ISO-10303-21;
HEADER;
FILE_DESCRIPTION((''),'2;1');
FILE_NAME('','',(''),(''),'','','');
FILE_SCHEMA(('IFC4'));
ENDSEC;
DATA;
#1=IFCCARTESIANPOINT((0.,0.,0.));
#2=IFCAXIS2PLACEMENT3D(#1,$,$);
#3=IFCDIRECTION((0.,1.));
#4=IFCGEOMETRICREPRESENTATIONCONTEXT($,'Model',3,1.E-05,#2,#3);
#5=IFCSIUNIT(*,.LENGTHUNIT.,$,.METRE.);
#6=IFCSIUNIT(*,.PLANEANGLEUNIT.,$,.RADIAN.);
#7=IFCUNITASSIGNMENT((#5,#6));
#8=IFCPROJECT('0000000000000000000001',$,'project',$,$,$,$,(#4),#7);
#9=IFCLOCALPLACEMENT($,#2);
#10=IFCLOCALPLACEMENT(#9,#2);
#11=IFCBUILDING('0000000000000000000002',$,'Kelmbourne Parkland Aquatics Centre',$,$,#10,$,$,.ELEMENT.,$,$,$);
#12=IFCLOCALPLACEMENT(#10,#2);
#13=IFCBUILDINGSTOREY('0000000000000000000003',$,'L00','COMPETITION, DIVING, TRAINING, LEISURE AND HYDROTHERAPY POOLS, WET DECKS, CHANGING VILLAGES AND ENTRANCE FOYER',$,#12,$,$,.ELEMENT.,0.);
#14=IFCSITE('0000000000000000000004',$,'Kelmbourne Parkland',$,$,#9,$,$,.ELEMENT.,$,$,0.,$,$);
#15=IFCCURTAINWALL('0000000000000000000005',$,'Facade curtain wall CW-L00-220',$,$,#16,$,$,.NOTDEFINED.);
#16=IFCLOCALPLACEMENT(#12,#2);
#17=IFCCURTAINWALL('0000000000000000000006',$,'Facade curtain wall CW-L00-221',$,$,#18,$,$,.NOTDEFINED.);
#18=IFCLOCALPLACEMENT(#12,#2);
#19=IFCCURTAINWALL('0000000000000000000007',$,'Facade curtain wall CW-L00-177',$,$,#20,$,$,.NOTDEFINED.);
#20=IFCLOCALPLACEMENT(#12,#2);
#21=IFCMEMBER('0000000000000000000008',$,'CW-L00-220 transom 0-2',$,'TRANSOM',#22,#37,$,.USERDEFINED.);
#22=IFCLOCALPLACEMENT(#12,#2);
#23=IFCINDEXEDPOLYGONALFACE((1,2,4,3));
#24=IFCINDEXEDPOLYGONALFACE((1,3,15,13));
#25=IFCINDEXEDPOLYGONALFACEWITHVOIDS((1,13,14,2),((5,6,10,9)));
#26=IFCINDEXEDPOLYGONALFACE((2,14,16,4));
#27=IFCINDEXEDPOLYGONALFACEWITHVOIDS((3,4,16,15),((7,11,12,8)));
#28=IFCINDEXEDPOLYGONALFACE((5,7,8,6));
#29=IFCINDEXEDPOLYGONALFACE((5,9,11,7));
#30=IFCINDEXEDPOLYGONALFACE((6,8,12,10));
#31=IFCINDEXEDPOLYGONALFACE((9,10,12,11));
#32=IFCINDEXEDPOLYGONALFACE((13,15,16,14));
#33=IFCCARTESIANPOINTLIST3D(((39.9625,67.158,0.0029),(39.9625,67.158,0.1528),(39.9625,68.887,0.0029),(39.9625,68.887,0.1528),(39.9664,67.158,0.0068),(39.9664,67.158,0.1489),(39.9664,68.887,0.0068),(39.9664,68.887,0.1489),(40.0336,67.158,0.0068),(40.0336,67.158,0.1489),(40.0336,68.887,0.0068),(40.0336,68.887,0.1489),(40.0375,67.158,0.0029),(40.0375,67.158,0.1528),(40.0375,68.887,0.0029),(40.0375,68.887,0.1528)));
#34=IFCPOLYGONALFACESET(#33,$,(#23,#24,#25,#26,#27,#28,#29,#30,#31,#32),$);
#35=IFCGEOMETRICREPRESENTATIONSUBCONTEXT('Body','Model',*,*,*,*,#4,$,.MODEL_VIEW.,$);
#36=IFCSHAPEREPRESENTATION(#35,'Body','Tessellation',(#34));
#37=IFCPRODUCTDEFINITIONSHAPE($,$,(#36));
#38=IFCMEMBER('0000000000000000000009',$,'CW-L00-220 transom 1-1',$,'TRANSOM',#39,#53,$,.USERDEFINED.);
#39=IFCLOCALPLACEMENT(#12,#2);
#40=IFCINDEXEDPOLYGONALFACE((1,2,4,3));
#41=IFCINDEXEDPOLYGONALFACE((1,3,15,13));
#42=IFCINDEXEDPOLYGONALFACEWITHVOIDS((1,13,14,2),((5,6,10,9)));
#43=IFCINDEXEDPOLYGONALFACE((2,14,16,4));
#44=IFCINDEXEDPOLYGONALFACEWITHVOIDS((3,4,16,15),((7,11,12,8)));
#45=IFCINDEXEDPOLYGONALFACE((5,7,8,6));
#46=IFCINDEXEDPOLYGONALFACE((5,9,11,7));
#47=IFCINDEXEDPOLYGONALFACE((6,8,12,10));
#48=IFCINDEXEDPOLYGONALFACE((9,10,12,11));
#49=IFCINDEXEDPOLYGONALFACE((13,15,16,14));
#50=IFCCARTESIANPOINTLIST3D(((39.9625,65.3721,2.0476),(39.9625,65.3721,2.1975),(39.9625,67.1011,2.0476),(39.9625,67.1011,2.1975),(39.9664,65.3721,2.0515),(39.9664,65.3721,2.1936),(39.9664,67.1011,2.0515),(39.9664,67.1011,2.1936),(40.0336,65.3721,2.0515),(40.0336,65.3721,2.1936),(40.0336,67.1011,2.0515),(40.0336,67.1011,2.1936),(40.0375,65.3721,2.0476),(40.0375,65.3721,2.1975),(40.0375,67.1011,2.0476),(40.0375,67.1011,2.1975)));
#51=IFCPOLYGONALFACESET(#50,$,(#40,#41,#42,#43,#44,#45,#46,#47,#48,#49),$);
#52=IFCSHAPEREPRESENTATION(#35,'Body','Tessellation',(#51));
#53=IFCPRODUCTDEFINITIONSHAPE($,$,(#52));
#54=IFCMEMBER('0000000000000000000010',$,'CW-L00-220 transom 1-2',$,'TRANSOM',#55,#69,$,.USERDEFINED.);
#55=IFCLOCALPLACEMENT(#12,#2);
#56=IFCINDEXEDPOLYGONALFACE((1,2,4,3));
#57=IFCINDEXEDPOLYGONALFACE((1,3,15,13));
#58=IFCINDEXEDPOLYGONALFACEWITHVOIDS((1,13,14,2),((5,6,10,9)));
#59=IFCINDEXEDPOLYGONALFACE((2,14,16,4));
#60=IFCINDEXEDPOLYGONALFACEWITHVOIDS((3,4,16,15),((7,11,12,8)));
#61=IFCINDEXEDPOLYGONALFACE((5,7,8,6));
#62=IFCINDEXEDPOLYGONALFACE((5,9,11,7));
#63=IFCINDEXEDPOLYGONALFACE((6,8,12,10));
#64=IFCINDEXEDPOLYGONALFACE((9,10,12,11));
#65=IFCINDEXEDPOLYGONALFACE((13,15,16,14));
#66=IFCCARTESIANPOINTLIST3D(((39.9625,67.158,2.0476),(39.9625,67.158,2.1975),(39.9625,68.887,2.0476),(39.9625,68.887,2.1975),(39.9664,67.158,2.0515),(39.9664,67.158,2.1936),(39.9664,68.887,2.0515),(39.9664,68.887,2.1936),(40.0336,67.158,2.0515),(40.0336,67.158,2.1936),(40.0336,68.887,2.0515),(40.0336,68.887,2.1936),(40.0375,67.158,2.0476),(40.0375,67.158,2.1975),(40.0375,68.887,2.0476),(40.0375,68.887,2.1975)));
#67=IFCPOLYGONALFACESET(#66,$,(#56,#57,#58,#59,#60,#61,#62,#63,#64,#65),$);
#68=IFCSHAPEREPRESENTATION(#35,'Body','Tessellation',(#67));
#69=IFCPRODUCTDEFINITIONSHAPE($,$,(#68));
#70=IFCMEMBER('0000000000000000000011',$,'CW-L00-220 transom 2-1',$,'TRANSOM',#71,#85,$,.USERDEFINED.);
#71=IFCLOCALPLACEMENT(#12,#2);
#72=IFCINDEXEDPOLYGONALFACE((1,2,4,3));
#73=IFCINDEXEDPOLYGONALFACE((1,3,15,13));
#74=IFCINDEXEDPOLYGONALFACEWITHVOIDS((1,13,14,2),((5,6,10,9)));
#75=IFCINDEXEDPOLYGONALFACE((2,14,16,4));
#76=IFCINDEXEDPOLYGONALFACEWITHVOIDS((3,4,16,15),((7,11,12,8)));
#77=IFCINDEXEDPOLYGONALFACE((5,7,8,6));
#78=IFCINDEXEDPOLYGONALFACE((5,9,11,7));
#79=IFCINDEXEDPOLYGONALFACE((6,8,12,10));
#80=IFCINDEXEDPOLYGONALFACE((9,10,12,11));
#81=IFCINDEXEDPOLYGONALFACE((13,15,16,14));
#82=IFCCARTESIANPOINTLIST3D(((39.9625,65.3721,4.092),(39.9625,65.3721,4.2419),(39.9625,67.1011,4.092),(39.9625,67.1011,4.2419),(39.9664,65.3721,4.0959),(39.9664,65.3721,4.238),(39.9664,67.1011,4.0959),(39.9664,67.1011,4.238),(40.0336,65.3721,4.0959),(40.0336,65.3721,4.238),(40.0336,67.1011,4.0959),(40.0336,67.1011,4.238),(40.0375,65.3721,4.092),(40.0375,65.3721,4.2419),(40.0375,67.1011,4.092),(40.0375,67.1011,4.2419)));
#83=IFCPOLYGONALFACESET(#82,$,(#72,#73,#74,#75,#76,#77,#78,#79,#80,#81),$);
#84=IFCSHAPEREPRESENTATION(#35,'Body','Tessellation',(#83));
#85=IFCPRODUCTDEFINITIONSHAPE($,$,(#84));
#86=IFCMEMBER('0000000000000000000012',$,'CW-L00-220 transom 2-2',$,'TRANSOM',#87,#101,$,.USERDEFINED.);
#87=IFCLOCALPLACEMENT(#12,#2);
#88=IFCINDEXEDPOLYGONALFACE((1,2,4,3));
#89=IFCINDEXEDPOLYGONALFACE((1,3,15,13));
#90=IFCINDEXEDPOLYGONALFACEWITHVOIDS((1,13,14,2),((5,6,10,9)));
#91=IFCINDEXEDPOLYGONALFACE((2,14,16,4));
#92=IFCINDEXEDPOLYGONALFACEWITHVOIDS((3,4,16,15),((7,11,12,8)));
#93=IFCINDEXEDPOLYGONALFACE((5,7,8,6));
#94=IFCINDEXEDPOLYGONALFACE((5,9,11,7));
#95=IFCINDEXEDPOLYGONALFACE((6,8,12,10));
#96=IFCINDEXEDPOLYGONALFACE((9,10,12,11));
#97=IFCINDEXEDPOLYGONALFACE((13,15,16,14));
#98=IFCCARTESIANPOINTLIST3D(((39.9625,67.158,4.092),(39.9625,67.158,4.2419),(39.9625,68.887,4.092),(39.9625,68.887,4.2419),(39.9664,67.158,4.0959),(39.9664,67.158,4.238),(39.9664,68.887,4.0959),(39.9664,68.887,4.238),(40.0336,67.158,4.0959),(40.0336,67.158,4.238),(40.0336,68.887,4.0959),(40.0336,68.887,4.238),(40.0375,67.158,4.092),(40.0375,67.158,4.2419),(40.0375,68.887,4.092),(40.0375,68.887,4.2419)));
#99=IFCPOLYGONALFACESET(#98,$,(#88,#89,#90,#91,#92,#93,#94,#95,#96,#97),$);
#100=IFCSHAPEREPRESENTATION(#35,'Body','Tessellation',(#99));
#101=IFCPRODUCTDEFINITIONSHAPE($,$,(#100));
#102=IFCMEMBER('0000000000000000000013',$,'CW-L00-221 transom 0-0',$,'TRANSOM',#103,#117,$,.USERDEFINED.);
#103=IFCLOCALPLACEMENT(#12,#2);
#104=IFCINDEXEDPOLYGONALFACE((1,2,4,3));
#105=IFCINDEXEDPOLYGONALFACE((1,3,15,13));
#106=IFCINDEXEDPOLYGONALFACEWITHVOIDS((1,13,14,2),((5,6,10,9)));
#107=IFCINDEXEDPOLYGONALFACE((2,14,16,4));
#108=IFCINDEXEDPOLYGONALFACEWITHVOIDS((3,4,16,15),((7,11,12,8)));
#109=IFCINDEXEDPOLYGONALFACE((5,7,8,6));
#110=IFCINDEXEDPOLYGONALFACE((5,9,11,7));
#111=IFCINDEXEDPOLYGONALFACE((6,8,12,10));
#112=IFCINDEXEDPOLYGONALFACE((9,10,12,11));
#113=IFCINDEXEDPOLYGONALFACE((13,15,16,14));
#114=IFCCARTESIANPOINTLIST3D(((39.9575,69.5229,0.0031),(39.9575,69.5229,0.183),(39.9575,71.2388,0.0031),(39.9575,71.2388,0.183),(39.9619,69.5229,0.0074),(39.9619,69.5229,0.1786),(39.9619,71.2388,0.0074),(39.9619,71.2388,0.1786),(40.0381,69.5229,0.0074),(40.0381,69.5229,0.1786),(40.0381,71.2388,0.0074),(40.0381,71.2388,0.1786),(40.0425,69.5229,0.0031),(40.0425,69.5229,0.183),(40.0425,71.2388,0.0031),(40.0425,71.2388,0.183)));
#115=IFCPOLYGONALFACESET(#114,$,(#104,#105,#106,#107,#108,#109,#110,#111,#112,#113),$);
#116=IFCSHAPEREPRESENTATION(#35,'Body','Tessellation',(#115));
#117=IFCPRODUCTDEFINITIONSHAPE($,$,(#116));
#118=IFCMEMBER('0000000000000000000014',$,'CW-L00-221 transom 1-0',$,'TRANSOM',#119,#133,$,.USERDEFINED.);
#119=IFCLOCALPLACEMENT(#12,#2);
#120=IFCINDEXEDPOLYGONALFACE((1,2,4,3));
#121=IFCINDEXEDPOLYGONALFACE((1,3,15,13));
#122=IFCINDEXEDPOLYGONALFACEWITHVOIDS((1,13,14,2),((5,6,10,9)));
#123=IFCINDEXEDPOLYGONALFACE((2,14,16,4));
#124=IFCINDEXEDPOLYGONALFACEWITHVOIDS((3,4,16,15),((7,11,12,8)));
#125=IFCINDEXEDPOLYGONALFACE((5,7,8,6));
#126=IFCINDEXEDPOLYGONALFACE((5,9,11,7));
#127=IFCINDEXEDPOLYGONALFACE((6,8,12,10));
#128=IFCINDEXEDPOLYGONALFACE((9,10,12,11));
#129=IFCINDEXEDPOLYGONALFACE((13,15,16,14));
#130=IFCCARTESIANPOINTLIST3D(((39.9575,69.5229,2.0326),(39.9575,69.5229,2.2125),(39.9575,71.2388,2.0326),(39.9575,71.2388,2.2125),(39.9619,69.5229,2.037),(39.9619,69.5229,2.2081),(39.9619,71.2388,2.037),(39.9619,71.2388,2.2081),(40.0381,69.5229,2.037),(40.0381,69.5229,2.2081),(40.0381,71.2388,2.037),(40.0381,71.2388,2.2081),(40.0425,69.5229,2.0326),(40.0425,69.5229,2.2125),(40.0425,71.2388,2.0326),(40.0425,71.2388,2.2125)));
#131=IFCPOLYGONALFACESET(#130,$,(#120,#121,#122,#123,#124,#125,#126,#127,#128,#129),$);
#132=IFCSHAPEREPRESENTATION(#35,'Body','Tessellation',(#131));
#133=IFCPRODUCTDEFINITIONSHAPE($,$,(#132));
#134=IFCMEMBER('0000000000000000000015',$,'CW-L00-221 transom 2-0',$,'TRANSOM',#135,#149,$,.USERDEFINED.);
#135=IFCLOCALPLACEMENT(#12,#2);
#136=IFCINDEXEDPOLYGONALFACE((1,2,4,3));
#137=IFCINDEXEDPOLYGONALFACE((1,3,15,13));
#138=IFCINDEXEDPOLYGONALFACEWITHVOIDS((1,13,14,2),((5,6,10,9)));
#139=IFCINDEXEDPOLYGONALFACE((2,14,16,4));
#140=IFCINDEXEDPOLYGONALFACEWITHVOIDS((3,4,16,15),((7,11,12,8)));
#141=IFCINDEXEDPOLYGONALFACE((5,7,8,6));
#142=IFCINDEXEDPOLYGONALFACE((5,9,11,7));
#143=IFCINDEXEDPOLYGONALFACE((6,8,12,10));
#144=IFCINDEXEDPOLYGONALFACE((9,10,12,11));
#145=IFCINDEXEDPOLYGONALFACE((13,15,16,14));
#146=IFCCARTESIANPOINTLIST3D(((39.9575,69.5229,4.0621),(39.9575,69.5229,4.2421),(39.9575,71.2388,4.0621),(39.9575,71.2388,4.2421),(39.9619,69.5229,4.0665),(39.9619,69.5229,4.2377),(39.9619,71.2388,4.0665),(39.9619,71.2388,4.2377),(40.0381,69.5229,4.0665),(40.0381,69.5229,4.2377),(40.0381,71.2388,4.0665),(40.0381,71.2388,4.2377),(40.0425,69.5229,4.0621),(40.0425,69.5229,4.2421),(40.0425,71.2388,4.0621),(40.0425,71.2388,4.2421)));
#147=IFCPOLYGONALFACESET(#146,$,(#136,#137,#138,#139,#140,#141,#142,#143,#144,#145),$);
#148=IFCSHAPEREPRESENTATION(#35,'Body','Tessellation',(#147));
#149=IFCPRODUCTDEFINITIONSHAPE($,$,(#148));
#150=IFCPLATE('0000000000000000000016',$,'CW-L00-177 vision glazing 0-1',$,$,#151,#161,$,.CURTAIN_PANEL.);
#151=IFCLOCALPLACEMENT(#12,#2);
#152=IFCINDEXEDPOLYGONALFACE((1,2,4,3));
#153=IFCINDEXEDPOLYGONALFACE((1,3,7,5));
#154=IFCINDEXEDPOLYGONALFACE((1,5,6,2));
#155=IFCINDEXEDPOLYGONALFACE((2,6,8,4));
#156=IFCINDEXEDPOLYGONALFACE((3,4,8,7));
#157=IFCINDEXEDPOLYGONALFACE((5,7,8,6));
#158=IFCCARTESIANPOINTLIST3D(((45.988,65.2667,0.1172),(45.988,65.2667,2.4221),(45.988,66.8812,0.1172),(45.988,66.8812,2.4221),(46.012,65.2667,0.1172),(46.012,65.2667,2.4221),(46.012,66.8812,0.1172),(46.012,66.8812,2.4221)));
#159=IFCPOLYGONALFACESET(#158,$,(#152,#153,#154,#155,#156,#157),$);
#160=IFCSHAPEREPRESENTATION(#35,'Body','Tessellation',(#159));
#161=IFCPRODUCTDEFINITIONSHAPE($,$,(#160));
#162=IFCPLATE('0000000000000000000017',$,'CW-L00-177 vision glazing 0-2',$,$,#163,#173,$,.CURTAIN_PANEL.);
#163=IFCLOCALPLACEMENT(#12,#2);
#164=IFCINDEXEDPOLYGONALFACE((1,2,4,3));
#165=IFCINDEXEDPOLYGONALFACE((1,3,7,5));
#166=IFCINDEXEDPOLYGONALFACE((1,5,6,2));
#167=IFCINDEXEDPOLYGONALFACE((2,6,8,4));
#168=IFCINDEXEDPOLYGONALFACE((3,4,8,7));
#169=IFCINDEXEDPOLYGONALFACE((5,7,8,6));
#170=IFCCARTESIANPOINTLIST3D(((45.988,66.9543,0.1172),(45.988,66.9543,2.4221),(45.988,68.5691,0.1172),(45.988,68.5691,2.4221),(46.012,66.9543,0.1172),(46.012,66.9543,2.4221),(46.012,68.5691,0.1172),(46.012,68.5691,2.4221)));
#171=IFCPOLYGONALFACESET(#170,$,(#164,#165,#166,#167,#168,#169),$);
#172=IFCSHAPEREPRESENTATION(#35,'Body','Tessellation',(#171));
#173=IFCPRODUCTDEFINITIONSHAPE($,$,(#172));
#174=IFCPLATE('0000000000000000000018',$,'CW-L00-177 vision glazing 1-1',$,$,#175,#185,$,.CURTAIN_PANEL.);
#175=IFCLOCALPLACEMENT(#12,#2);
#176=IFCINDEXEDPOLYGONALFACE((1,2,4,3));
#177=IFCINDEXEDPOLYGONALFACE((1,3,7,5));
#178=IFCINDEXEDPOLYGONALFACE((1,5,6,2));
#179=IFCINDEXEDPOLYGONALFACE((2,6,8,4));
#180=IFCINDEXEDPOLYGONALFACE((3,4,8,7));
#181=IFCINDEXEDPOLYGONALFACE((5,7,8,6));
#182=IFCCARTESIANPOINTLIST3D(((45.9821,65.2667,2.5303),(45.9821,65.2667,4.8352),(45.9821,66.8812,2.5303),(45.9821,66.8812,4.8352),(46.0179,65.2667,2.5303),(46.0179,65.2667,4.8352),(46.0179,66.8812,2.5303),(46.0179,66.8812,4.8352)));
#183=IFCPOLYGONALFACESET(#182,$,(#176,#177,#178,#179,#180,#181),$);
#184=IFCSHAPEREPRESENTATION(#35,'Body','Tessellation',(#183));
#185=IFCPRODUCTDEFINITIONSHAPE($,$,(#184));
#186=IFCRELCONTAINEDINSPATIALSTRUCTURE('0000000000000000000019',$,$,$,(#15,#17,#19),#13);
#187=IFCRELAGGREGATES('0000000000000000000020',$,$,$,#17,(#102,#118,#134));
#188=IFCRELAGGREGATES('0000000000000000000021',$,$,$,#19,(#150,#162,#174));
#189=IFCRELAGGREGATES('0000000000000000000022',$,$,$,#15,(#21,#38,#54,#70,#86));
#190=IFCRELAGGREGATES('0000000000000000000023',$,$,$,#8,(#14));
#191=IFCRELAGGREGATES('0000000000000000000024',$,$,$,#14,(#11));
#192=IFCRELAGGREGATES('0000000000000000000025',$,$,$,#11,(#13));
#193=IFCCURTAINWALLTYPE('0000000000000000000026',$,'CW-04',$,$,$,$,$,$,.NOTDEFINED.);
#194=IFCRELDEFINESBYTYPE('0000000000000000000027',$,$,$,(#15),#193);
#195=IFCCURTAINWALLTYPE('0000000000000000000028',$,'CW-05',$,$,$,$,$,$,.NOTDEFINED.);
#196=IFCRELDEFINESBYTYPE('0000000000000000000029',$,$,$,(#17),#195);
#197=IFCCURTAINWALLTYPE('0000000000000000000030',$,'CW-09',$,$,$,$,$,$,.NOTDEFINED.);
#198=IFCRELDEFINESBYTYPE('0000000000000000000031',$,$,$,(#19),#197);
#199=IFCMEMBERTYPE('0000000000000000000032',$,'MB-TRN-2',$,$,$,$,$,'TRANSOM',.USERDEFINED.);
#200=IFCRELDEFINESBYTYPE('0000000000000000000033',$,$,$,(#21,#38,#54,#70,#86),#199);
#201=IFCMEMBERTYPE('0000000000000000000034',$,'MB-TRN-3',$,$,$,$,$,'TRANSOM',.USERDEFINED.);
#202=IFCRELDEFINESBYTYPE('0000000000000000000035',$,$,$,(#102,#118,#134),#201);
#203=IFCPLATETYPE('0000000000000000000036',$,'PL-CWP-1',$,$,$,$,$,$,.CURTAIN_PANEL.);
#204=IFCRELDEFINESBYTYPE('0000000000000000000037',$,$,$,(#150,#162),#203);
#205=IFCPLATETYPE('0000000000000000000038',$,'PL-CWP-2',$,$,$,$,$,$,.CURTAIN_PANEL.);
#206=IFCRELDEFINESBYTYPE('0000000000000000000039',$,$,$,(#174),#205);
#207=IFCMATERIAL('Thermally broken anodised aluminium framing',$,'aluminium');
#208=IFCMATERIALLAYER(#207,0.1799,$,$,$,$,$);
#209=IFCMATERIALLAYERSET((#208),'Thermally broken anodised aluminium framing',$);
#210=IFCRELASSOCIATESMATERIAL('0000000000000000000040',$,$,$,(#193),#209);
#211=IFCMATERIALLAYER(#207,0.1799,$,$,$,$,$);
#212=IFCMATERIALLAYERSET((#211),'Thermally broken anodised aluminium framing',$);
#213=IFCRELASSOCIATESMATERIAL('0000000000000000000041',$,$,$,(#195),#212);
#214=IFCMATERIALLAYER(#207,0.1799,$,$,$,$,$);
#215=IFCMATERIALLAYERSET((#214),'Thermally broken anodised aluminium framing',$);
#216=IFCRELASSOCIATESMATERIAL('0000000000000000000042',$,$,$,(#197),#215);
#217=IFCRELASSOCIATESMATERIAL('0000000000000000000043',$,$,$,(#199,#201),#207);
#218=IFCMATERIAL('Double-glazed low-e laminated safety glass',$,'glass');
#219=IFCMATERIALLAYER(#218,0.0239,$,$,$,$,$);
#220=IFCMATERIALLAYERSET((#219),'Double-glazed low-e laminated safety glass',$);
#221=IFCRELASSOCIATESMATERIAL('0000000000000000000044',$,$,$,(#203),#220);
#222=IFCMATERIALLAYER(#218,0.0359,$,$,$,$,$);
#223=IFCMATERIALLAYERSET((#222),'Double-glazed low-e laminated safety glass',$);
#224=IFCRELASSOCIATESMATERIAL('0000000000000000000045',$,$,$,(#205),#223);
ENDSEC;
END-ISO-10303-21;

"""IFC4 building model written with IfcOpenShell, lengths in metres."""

from ifc_helpers import new_model, si_unit, direction, frame, origin, origin_2d, place, context, subcontext, project, spatial, rectangle, hollow_rectangle, extrude, material, layer, layer_set, material_profile, profile_set, type_object, element, aggregate, save


model = new_model("IFC4")

# Units and contexts
model_context = context("Model", 3, precision=1e-05, world=origin(), true_north=direction((0.0, 1.0)))
body_context = subcontext(model_context, "Body", "Model", "MODEL_VIEW")
ifc_project = project(units=[si_unit("LENGTHUNIT", "METRE"), si_unit("PLANEANGLEUNIT", "RADIAN")], contexts=[model_context])

# Site, building, storey
site_placement = place(None, origin())
site = spatial("IfcSite", under=ifc_project, at=site_placement, Name="Kelmbourne Parkland", CompositionType="ELEMENT", RefElevation=0.0)
building_placement = place(site_placement, origin())
building = spatial("IfcBuilding", under=site, at=building_placement, Name="Kelmbourne Parkland Aquatics Centre", CompositionType="ELEMENT")
storey_placement = place(building_placement, origin())
storey = spatial("IfcBuildingStorey", under=building, at=storey_placement, Name="L00", Description="COMPETITION, DIVING, TRAINING, LEISURE AND HYDROTHERAPY POOLS, WET DECKS, CHANGING VILLAGES AND ENTRANCE FOYER", CompositionType="ELEMENT", Elevation=0.0)

# Curtain wall
ifc_material_1 = material(Name="Thermally broken anodised aluminium framing", Category="aluminium")
ifc_layer_1 = layer(ifc_material_1, 0.1799)
ifc_layer_set_1 = layer_set([ifc_layer_1], Name="Thermally broken anodised aluminium framing")
curtain_wall_type_1 = type_object("IfcCurtainWallType", Name="CW-04", PredefinedType="NOTDEFINED", material=ifc_layer_set_1)
curtain_wall_1_placement = place(storey_placement, origin())
curtain_wall_1 = element("IfcCurtainWall", 1, at=curtain_wall_1_placement, inside=storey, type_object=curtain_wall_type_1, Name="Facade curtain wall CW-L00-220", PredefinedType="NOTDEFINED")

# Curtain wall
ifc_layer_2 = layer(ifc_material_1, 0.1799)
ifc_layer_set_2 = layer_set([ifc_layer_2], Name="Thermally broken anodised aluminium framing")
curtain_wall_type_2 = type_object("IfcCurtainWallType", Name="CW-05", PredefinedType="NOTDEFINED", material=ifc_layer_set_2)
curtain_wall_2_placement = place(storey_placement, origin())
curtain_wall_2 = element("IfcCurtainWall", 2, at=curtain_wall_2_placement, inside=storey, type_object=curtain_wall_type_2, Name="Facade curtain wall CW-L00-221", PredefinedType="NOTDEFINED")

# Curtain wall
ifc_layer_3 = layer(ifc_material_1, 0.1799)
ifc_layer_set_3 = layer_set([ifc_layer_3], Name="Thermally broken anodised aluminium framing")
curtain_wall_type_3 = type_object("IfcCurtainWallType", Name="CW-09", PredefinedType="NOTDEFINED", material=ifc_layer_set_3)
curtain_wall_3_placement = place(storey_placement, origin())
curtain_wall_3 = element("IfcCurtainWall", 3, at=curtain_wall_3_placement, inside=storey, type_object=curtain_wall_type_3, Name="Facade curtain wall CW-L00-177", PredefinedType="NOTDEFINED")

# Members
ifc_material_profile_1 = material_profile(ifc_material_1, hollow_rectangle(XDim=0.075, YDim=0.1499, WallThickness=0.0039, at=origin_2d()), Name="CW-T 75x150")
ifc_profile_set_1 = profile_set([ifc_material_profile_1], Name="Thermally broken anodised aluminium framing")
member_type_1 = type_object("IfcMemberType", Name="MB-TRN-2", ElementType="TRANSOM", PredefinedType="USERDEFINED", material=ifc_profile_set_1)
member_1_placement = place(storey_placement, frame((40.0, 67.158, 0.0779), z_axis=(0.0, 1.0, 0.0), x_axis=(-1.0, 0.0, 0.0)))
member_1 = element("IfcMember", 4, at=member_1_placement, type_object=member_type_1, Name="CW-L00-220 transom 0-2", ObjectType="TRANSOM", PredefinedType="USERDEFINED", context=body_context, shape_type="SweptSolid", body=[
    extrude(hollow_rectangle(XDim=0.075, YDim=0.1499, WallThickness=0.0039, at=origin_2d()), origin(), (0.0, 0.0, 1.0), 1.729),
])
member_2_placement = place(storey_placement, frame((40.0, 65.3721, 2.1226), z_axis=(0.0, 1.0, 0.0), x_axis=(-1.0, 0.0, 0.0)))
member_2 = element("IfcMember", 5, at=member_2_placement, type_object=member_type_1, Name="CW-L00-220 transom 1-1", ObjectType="TRANSOM", PredefinedType="USERDEFINED", context=body_context, shape_type="SweptSolid", body=[
    extrude(hollow_rectangle(XDim=0.075, YDim=0.1499, WallThickness=0.0039, at=origin_2d()), origin(), (0.0, 0.0, 1.0), 1.729),
])
member_3_placement = place(storey_placement, frame((40.0, 67.158, 2.1226), z_axis=(0.0, 1.0, 0.0), x_axis=(-1.0, 0.0, 0.0)))
member_3 = element("IfcMember", 6, at=member_3_placement, type_object=member_type_1, Name="CW-L00-220 transom 1-2", ObjectType="TRANSOM", PredefinedType="USERDEFINED", context=body_context, shape_type="SweptSolid", body=[
    extrude(hollow_rectangle(XDim=0.075, YDim=0.1499, WallThickness=0.0039, at=origin_2d()), origin(), (0.0, 0.0, 1.0), 1.729),
])
member_4_placement = place(storey_placement, frame((40.0, 65.3721, 4.167), z_axis=(0.0, 1.0, 0.0), x_axis=(-1.0, 0.0, 0.0)))
member_4 = element("IfcMember", 7, at=member_4_placement, type_object=member_type_1, Name="CW-L00-220 transom 2-1", ObjectType="TRANSOM", PredefinedType="USERDEFINED", context=body_context, shape_type="SweptSolid", body=[
    extrude(hollow_rectangle(XDim=0.075, YDim=0.1499, WallThickness=0.0039, at=origin_2d()), origin(), (0.0, 0.0, 1.0), 1.729),
])
member_5_placement = place(storey_placement, frame((40.0, 67.158, 4.167), z_axis=(0.0, 1.0, 0.0), x_axis=(-1.0, 0.0, 0.0)))
member_5 = element("IfcMember", 8, at=member_5_placement, type_object=member_type_1, Name="CW-L00-220 transom 2-2", ObjectType="TRANSOM", PredefinedType="USERDEFINED", context=body_context, shape_type="SweptSolid", body=[
    extrude(hollow_rectangle(XDim=0.075, YDim=0.1499, WallThickness=0.0039, at=origin_2d()), origin(), (0.0, 0.0, 1.0), 1.729),
])
ifc_material_profile_2 = material_profile(ifc_material_1, hollow_rectangle(XDim=0.085, YDim=0.1799, WallThickness=0.0044, at=origin_2d()), Name="CW-T 85x180")
ifc_profile_set_2 = profile_set([ifc_material_profile_2], Name="Thermally broken anodised aluminium framing")
member_type_2 = type_object("IfcMemberType", Name="MB-TRN-3", ElementType="TRANSOM", PredefinedType="USERDEFINED", material=ifc_profile_set_2)
member_6_placement = place(storey_placement, frame((40.0, 69.5229, 0.093), z_axis=(0.0, 1.0, 0.0), x_axis=(-1.0, 0.0, 0.0)))
member_6 = element("IfcMember", 9, at=member_6_placement, type_object=member_type_2, Name="CW-L00-221 transom 0-0", ObjectType="TRANSOM", PredefinedType="USERDEFINED", context=body_context, shape_type="SweptSolid", body=[
    extrude(hollow_rectangle(XDim=0.085, YDim=0.1799, WallThickness=0.0044, at=origin_2d()), origin(), (0.0, 0.0, 1.0), 1.7158),
])
member_7_placement = place(storey_placement, frame((40.0, 69.5229, 2.1226), z_axis=(0.0, 1.0, 0.0), x_axis=(-1.0, 0.0, 0.0)))
member_7 = element("IfcMember", 10, at=member_7_placement, type_object=member_type_2, Name="CW-L00-221 transom 1-0", ObjectType="TRANSOM", PredefinedType="USERDEFINED", context=body_context, shape_type="SweptSolid", body=[
    extrude(hollow_rectangle(XDim=0.085, YDim=0.1799, WallThickness=0.0044, at=origin_2d()), origin(), (0.0, 0.0, 1.0), 1.7158),
])
member_8_placement = place(storey_placement, frame((40.0, 69.5229, 4.1521), z_axis=(0.0, 1.0, 0.0), x_axis=(-1.0, 0.0, 0.0)))
member_8 = element("IfcMember", 11, at=member_8_placement, type_object=member_type_2, Name="CW-L00-221 transom 2-0", ObjectType="TRANSOM", PredefinedType="USERDEFINED", context=body_context, shape_type="SweptSolid", body=[
    extrude(hollow_rectangle(XDim=0.085, YDim=0.1799, WallThickness=0.0044, at=origin_2d()), origin(), (0.0, 0.0, 1.0), 1.7158),
])
aggregate(curtain_wall_2, [member_6, member_7, member_8])

# Plates
ifc_material_2 = material(Name="Double-glazed low-e laminated safety glass", Category="glass")
ifc_layer_4 = layer(ifc_material_2, 0.0239)
ifc_layer_set_4 = layer_set([ifc_layer_4], Name="Double-glazed low-e laminated safety glass")
plate_type_1 = type_object("IfcPlateType", Name="PL-CWP-1", PredefinedType="CURTAIN_PANEL", material=ifc_layer_set_4)
plate_1_placement = place(storey_placement, frame((46.0, 66.074, 0.1172), z_axis=(0.0, 0.0, 1.0), x_axis=(0.0, 1.0, 0.0)))
plate_1 = element("IfcPlate", 12, at=plate_1_placement, type_object=plate_type_1, Name="CW-L00-177 vision glazing 0-1", PredefinedType="CURTAIN_PANEL", context=body_context, shape_type="SweptSolid", body=[
    extrude(rectangle(XDim=1.6145, YDim=0.0239, at=origin_2d()), origin(), (0.0, 0.0, 1.0), 2.3049),
])
plate_2_placement = place(storey_placement, frame((46.0, 67.7617, 0.1172), z_axis=(0.0, 0.0, 1.0), x_axis=(0.0, 1.0, 0.0)))
plate_2 = element("IfcPlate", 13, at=plate_2_placement, type_object=plate_type_1, Name="CW-L00-177 vision glazing 0-2", PredefinedType="CURTAIN_PANEL", context=body_context, shape_type="SweptSolid", body=[
    extrude(rectangle(XDim=1.6147, YDim=0.0239, at=origin_2d()), origin(), (0.0, 0.0, 1.0), 2.3049),
])
ifc_layer_5 = layer(ifc_material_2, 0.0359)
ifc_layer_set_5 = layer_set([ifc_layer_5], Name="Double-glazed low-e laminated safety glass")
plate_type_2 = type_object("IfcPlateType", Name="PL-CWP-2", PredefinedType="CURTAIN_PANEL", material=ifc_layer_set_5)
plate_3_placement = place(storey_placement, frame((46.0, 66.074, 2.5303), z_axis=(0.0, 0.0, 1.0), x_axis=(0.0, 1.0, 0.0)))
plate_3 = element("IfcPlate", 14, at=plate_3_placement, type_object=plate_type_2, Name="CW-L00-177 vision glazing 1-1", PredefinedType="CURTAIN_PANEL", context=body_context, shape_type="SweptSolid", body=[
    extrude(rectangle(XDim=1.6145, YDim=0.0359, at=origin_2d()), origin(), (0.0, 0.0, 1.0), 2.3049),
])
aggregate(curtain_wall_3, [plate_1, plate_2, plate_3])
aggregate(curtain_wall_1, [member_1, member_2, member_3, member_4, member_5])

save(model, "model.ifc")
